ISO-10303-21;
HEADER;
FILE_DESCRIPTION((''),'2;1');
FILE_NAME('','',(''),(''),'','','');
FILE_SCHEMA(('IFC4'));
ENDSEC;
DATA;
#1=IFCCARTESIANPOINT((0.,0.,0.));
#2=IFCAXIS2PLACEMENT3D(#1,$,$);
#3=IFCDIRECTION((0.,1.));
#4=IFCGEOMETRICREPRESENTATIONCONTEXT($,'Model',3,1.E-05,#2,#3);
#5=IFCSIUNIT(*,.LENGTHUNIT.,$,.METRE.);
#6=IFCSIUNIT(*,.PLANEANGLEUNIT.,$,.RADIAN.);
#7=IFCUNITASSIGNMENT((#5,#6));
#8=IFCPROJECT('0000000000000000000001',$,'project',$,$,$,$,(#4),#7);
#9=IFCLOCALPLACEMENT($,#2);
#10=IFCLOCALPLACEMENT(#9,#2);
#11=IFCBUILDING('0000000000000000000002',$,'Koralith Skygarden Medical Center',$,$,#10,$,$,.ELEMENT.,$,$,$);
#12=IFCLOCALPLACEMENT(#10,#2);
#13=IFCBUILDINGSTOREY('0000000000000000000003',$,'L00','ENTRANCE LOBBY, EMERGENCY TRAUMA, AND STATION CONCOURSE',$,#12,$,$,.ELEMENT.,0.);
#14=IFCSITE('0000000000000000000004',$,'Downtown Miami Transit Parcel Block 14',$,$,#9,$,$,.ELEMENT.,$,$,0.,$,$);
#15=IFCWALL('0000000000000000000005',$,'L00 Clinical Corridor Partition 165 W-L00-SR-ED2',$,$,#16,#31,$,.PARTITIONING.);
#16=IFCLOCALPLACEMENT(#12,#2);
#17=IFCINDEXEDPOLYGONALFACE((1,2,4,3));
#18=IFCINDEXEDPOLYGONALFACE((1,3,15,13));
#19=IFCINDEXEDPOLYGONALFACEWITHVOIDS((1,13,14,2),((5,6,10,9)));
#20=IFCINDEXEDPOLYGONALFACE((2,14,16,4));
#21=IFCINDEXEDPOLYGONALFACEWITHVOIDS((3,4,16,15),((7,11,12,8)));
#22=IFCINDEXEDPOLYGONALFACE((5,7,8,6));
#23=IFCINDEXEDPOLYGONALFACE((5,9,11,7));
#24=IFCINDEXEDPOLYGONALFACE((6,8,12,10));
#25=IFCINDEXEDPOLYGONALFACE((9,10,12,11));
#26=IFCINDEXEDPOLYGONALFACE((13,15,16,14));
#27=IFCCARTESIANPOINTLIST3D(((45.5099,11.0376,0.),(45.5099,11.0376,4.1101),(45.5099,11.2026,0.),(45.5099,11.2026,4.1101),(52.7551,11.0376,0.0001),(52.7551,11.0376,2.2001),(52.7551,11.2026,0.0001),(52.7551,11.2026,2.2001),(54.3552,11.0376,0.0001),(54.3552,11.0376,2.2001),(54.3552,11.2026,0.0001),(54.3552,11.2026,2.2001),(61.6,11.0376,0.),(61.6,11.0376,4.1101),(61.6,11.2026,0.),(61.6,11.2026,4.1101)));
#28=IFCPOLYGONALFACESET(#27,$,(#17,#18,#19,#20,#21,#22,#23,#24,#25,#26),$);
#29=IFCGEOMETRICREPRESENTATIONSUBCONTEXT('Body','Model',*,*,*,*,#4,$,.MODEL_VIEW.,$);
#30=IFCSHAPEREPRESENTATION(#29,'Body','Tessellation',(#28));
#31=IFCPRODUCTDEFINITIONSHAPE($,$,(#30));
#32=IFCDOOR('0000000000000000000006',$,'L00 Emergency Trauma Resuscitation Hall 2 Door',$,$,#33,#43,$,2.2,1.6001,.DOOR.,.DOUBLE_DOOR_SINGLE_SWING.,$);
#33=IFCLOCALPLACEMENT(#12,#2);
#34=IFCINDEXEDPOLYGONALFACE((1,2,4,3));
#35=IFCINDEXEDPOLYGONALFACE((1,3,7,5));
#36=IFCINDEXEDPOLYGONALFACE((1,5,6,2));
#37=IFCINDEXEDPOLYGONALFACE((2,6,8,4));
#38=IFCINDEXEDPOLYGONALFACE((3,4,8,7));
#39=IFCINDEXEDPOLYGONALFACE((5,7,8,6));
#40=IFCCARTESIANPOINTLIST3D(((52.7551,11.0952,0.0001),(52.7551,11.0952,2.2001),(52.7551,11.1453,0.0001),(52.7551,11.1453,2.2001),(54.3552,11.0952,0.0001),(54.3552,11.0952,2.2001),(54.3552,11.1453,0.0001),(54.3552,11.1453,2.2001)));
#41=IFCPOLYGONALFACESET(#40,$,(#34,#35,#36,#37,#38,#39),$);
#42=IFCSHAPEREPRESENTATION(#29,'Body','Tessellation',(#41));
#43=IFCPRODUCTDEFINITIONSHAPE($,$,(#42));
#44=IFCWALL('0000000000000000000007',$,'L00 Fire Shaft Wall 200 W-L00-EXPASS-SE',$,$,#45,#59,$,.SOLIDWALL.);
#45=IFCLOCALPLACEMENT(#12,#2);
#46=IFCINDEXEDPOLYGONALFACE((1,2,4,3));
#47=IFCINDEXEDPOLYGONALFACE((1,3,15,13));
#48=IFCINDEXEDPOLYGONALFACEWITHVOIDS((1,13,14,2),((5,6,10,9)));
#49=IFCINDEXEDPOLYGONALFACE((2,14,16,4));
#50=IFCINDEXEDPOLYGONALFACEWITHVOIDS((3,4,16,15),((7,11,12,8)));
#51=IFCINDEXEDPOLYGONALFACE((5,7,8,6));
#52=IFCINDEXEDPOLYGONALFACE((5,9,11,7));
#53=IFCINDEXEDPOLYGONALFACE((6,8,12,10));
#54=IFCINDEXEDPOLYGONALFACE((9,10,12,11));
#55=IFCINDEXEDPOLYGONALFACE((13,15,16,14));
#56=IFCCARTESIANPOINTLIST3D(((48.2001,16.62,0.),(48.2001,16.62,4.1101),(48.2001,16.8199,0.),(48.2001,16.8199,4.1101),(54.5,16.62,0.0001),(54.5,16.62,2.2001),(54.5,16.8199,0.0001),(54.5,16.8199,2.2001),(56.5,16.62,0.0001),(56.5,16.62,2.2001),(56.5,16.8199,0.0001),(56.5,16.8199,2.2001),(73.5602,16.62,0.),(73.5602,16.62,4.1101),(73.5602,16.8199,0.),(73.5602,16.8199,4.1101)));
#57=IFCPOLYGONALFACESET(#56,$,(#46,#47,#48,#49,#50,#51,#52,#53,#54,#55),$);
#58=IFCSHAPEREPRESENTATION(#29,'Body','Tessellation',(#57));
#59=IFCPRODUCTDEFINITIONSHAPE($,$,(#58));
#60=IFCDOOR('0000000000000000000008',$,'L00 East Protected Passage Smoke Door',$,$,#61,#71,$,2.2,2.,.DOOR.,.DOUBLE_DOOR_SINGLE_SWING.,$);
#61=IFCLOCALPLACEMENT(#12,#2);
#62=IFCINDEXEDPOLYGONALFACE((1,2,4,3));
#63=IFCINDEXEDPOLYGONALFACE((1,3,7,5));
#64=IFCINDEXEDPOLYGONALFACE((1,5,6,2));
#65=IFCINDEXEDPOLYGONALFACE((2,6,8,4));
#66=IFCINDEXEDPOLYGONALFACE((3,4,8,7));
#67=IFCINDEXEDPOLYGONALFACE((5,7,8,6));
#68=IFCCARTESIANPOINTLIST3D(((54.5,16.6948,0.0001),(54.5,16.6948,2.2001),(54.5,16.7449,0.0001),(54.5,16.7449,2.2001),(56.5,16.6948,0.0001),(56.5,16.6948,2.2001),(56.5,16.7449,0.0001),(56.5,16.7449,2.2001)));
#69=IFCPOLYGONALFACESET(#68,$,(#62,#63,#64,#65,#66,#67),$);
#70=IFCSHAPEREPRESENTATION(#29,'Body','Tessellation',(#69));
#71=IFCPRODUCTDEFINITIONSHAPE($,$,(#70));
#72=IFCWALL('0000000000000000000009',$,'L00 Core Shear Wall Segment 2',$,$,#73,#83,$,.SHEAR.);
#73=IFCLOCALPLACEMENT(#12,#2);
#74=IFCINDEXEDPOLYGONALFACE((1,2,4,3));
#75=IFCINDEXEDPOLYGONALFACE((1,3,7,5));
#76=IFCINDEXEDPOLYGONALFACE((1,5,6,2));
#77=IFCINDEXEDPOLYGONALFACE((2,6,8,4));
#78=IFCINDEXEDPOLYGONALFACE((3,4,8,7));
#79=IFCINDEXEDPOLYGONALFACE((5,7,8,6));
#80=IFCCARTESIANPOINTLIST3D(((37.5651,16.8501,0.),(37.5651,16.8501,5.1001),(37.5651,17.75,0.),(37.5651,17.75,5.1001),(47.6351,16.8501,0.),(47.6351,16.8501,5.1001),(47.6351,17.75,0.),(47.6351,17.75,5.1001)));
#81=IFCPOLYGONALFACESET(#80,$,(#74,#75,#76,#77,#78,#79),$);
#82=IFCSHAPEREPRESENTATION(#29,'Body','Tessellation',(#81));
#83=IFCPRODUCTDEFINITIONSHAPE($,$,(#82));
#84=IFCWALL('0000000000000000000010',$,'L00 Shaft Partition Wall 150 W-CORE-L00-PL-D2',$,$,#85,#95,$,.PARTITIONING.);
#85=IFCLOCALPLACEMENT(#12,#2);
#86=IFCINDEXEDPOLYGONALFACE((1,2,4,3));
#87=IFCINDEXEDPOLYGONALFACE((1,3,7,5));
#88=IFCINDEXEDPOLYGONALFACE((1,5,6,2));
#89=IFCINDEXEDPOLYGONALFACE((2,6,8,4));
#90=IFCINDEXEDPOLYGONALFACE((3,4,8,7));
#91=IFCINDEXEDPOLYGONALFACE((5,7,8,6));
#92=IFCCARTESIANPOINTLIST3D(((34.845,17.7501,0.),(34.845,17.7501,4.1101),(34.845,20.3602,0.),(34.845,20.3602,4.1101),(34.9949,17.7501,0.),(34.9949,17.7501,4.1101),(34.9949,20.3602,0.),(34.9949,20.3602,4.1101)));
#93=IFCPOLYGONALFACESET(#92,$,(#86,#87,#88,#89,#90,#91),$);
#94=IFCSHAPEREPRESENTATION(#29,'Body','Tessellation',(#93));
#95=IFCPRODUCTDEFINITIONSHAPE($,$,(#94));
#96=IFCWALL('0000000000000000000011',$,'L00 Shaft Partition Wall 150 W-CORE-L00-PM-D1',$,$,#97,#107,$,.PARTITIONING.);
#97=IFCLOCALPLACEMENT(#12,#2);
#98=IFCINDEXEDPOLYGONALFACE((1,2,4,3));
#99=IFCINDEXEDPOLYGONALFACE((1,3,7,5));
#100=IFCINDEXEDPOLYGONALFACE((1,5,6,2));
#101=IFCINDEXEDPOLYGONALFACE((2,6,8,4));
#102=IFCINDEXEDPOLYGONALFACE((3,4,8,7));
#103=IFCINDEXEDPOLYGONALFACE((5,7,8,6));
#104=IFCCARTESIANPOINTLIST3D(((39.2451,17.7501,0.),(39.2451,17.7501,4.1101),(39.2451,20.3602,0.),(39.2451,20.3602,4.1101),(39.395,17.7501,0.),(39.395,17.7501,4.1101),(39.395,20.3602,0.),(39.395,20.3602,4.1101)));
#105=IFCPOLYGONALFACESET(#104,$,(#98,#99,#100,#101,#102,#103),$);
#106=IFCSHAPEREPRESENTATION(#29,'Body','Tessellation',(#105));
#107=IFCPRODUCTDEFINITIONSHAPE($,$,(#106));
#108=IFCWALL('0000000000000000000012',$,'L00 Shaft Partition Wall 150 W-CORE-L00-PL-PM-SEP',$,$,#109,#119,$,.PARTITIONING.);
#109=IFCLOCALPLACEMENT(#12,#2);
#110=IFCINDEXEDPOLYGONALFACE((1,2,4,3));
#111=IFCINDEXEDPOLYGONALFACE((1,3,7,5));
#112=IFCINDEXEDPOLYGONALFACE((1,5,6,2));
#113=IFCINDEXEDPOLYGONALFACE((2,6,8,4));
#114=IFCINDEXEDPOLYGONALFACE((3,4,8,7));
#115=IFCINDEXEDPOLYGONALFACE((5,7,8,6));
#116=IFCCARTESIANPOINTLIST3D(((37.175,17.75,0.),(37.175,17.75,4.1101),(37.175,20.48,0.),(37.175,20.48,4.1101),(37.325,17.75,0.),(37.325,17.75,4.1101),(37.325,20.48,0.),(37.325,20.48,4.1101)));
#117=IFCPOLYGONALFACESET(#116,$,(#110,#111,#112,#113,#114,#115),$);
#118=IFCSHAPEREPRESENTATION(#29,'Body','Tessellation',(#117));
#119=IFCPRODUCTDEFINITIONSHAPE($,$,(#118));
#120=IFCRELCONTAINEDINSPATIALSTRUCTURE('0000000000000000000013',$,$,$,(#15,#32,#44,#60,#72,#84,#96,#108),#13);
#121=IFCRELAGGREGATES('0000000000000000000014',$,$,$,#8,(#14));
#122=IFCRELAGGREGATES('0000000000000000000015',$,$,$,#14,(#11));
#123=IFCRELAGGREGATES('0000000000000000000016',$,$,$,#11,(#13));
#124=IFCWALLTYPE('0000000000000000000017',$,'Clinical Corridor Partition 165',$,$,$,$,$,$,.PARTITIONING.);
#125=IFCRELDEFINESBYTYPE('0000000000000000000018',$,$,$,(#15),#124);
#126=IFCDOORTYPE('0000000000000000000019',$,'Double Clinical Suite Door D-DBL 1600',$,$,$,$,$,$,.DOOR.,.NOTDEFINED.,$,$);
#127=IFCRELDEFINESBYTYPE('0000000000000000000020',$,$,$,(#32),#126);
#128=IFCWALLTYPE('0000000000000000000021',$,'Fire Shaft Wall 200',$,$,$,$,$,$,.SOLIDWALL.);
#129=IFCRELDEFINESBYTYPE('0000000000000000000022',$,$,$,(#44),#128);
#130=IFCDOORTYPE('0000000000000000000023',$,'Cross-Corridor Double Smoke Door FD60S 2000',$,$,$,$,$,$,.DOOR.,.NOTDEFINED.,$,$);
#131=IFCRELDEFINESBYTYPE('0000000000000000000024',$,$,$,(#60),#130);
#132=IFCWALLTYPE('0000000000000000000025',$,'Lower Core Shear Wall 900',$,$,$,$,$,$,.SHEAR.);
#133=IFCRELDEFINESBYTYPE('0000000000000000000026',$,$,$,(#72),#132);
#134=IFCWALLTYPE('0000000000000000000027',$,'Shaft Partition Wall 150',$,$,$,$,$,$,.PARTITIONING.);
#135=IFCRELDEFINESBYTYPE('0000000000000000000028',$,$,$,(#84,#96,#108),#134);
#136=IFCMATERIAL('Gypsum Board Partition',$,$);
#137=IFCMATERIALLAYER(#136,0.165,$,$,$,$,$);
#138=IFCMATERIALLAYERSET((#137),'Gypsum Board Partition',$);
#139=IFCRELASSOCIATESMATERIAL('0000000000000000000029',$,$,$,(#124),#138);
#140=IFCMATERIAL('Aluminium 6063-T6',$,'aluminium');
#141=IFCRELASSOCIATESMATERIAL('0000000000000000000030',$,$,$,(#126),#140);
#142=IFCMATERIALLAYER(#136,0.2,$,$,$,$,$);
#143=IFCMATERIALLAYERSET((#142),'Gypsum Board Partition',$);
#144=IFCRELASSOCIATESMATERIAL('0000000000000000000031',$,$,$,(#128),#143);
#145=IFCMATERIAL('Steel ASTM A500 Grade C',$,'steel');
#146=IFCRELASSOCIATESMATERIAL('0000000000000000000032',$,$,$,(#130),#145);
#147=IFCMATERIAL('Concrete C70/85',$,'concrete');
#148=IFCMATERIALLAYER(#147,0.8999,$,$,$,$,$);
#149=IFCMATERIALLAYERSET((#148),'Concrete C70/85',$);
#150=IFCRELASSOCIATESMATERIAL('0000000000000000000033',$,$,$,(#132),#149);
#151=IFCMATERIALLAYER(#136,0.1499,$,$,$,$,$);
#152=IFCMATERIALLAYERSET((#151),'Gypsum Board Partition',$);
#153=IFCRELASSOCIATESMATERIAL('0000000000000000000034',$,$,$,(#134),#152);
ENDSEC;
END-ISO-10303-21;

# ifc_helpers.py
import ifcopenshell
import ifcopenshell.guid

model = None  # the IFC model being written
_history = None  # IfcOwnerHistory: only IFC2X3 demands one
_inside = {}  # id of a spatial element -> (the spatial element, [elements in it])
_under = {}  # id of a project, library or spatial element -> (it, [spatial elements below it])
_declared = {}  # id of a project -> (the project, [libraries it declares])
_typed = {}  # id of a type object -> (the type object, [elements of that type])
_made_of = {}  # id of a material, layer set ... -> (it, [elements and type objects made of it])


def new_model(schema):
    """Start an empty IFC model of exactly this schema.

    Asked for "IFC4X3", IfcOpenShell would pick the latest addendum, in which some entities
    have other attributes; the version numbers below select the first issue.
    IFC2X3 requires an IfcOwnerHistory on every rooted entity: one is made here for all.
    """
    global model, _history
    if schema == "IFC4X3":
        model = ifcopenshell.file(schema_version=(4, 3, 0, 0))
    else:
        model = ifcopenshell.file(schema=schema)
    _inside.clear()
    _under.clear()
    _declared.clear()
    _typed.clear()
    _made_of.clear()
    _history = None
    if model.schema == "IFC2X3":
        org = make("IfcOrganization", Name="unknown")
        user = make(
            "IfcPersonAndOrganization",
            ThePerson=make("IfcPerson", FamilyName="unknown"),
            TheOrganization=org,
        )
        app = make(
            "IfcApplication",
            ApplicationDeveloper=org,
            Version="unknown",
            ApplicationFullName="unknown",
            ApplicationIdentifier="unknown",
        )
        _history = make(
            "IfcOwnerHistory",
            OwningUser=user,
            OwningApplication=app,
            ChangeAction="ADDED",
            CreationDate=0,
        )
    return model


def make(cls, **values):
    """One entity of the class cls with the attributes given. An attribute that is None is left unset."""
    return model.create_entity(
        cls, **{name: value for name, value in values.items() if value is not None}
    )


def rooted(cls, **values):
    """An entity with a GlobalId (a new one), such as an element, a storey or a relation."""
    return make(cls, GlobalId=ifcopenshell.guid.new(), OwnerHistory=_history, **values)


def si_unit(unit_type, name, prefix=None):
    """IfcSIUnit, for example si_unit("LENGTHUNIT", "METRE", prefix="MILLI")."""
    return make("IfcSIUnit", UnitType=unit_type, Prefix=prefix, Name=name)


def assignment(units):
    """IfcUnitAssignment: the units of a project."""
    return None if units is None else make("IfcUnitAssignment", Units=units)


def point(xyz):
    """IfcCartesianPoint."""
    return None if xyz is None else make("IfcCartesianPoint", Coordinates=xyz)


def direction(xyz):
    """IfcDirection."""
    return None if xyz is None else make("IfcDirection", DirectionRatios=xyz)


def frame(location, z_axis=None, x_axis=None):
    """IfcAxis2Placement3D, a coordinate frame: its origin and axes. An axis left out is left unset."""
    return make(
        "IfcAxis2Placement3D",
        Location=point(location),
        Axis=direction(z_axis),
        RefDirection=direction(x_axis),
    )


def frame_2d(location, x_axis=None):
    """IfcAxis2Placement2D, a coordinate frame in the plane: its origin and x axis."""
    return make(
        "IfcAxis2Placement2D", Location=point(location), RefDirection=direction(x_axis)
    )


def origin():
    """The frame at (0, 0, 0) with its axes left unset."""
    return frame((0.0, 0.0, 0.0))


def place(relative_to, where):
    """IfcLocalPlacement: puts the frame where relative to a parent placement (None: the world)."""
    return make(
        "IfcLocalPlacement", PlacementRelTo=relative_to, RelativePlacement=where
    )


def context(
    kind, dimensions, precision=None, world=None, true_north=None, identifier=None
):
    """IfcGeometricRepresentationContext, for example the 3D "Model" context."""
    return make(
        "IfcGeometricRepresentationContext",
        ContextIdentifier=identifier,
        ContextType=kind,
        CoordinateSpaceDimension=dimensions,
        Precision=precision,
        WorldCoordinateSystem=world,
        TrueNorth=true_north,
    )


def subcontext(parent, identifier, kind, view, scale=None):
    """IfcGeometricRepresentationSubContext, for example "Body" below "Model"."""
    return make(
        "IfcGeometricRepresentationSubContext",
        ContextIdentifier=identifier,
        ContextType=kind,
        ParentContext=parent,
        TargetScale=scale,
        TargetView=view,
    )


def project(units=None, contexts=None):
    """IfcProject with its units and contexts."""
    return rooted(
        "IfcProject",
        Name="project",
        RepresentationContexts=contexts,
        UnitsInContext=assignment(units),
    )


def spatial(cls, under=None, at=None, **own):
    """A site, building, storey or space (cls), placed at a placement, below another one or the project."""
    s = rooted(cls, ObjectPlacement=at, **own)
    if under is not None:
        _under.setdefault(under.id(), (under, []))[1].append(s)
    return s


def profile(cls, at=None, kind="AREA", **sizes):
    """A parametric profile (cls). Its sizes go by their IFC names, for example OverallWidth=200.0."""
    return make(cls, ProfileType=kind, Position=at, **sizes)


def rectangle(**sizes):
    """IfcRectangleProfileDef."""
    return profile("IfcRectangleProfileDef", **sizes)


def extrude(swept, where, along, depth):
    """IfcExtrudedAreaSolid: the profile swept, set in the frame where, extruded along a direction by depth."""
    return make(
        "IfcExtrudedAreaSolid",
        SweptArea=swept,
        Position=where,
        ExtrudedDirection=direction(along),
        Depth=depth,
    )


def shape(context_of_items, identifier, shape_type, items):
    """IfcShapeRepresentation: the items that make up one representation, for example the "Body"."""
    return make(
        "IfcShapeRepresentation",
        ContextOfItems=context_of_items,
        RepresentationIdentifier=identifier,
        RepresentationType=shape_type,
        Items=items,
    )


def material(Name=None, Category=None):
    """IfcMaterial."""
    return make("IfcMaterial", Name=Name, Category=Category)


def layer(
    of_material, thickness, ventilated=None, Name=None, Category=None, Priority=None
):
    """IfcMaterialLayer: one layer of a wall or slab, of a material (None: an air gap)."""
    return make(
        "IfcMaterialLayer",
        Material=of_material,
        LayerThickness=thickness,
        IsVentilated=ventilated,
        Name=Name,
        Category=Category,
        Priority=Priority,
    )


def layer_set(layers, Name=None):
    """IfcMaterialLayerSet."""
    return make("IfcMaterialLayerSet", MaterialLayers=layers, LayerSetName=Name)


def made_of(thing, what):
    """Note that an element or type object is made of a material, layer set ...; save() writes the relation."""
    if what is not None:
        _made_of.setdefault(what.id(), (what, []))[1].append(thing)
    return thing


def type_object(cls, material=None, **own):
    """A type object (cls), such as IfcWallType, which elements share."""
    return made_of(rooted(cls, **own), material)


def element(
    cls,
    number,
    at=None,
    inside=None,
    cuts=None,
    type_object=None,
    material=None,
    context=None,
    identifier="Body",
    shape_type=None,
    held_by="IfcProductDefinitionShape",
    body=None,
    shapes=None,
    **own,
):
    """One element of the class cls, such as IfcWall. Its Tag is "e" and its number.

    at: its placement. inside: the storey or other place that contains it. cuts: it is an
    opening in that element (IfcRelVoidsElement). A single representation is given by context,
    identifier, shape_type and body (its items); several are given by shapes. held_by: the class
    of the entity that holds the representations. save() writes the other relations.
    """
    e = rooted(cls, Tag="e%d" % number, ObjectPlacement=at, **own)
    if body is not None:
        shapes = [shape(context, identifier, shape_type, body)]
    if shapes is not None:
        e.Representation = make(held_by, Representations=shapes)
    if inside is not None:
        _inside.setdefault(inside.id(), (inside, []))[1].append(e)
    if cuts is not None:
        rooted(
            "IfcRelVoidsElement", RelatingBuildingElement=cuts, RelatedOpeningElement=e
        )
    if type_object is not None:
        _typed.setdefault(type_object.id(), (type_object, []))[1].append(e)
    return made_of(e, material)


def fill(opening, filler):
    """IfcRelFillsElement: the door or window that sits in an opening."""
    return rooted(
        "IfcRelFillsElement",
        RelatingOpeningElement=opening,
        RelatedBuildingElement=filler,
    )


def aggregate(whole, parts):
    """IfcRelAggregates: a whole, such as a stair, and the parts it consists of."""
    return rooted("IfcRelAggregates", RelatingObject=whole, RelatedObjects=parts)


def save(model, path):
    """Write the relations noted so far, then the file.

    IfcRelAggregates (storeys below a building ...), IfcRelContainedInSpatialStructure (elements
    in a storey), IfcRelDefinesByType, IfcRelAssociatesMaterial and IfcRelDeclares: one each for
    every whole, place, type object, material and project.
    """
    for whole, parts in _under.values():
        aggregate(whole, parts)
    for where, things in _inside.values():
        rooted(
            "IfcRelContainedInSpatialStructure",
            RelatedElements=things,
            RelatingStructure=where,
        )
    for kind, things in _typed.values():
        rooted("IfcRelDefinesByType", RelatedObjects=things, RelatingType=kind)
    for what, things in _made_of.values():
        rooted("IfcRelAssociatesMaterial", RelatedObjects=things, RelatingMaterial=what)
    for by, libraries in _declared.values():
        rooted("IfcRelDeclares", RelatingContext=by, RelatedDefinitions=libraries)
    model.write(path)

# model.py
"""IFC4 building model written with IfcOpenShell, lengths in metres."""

from ifc_helpers import new_model, si_unit, direction, frame, frame_2d, origin, place, context, subcontext, project, spatial, rectangle, extrude, material, layer, layer_set, type_object, element, fill, save


model = new_model("IFC4")

# Units and contexts
model_context = context("Model", 3, precision=1e-05, world=origin(), true_north=direction((0.0, 1.0)))
body_context = subcontext(model_context, "Body", "Model", "MODEL_VIEW")
ifc_project = project(units=[si_unit("LENGTHUNIT", "METRE"), si_unit("PLANEANGLEUNIT", "RADIAN")], contexts=[model_context])

# Site, building, storey
site_placement = place(None, origin())
site = spatial("IfcSite", under=ifc_project, at=site_placement, Name="Downtown Miami Transit Parcel Block 14", CompositionType="ELEMENT", RefElevation=0.0)
building_placement = place(site_placement, origin())
building = spatial("IfcBuilding", under=site, at=building_placement, Name="Koralith Skygarden Medical Center", CompositionType="ELEMENT")
storey_placement = place(building_placement, origin())
storey = spatial("IfcBuildingStorey", under=building, at=storey_placement, Name="L00", Description="ENTRANCE LOBBY, EMERGENCY TRAUMA, AND STATION CONCOURSE", CompositionType="ELEMENT", Elevation=0.0)

# Shared definitions
ifc_material_1 = material(Name="Concrete C70/85", Category="concrete")

# Shared definitions
ifc_material_2 = material(Name="Gypsum Board Partition")

# Walls, openings, doors
ifc_layer_1 = layer(ifc_material_2, 0.165)
ifc_layer_set_1 = layer_set([ifc_layer_1], Name="Gypsum Board Partition")
wall_type_1 = type_object("IfcWallType", Name="Clinical Corridor Partition 165", PredefinedType="PARTITIONING", material=ifc_layer_set_1)
wall_1_placement = place(storey_placement, frame((45.51, 11.1201, 0.0), z_axis=(0.0, 0.0, 1.0), x_axis=(1.0, 0.0, 0.0)))
wall_1 = element("IfcWall", 1, at=wall_1_placement, inside=storey, type_object=wall_type_1, Name="L00 Clinical Corridor Partition 165 W-L00-SR-ED2", PredefinedType="PARTITIONING", context=body_context, shape_type="SweptSolid", body=[
    extrude(rectangle(XDim=16.0901, YDim=0.165, at=frame_2d((8.0449, 0.0))), origin(), (0.0, 0.0, 1.0), 4.1101),
])
opening_1_placement = place(wall_1_placement, frame((7.2451, 0.0, 0.0)))
opening_1 = element("IfcOpeningElement", 2, at=opening_1_placement, cuts=wall_1, PredefinedType="OPENING", context=body_context, shape_type="SweptSolid", body=[
    extrude(rectangle(XDim=1.6001, YDim=2.2, at=frame_2d((0.8, 1.1001))), frame((0.0, 0.0925, 0.0), z_axis=(0.0, -1.0, 0.0), x_axis=(1.0, 0.0, 0.0)), (0.0, 0.0, 1.0), 0.1851),
])
ifc_material_3 = material(Name="Aluminium 6063-T6", Category="aluminium")
door_type_1 = type_object("IfcDoorType", Name="Double Clinical Suite Door D-DBL 1600", OperationType="NOTDEFINED", PredefinedType="DOOR", material=ifc_material_3)
door_1_placement = place(opening_1_placement, frame((1.6001, 0.0, 0.0), z_axis=(0.0, 0.0, 1.0), x_axis=(-1.0, 0.0, 0.0)))
door_1 = element("IfcDoor", 3, at=door_1_placement, inside=storey, type_object=door_type_1, Name="L00 Emergency Trauma Resuscitation Hall 2 Door", OperationType="DOUBLE_DOOR_SINGLE_SWING", OverallHeight=2.2, OverallWidth=1.6001, PredefinedType="DOOR", context=body_context, shape_type="SweptSolid", body=[
    extrude(rectangle(XDim=1.6001, YDim=2.2, at=frame_2d((0.8, 1.1001))), frame((0.0, 0.0249, 0.0), z_axis=(0.0, -1.0, 0.0), x_axis=(1.0, 0.0, 0.0)), (0.0, 0.0, 1.0), 0.05),
])
fill(opening_1, door_1)
ifc_layer_2 = layer(ifc_material_2, 0.2)
ifc_layer_set_2 = layer_set([ifc_layer_2], Name="Gypsum Board Partition")
wall_type_2 = type_object("IfcWallType", Name="Fire Shaft Wall 200", PredefinedType="SOLIDWALL", material=ifc_layer_set_2)
wall_2_placement = place(storey_placement, frame((48.2, 16.72, 0.0), z_axis=(0.0, 0.0, 1.0), x_axis=(1.0, 0.0, 0.0)))
wall_2 = element("IfcWall", 4, at=wall_2_placement, inside=storey, type_object=wall_type_2, Name="L00 Fire Shaft Wall 200 W-L00-EXPASS-SE", PredefinedType="SOLIDWALL", context=body_context, shape_type="SweptSolid", body=[
    extrude(rectangle(XDim=25.3601, YDim=0.2, at=frame_2d((12.6802, 0.0))), origin(), (0.0, 0.0, 1.0), 4.1101),
])
opening_2_placement = place(wall_2_placement, frame((6.3, 0.0, 0.0)))
opening_2 = element("IfcOpeningElement", 5, at=opening_2_placement, cuts=wall_2, PredefinedType="OPENING", context=body_context, shape_type="SweptSolid", body=[
    extrude(rectangle(XDim=2.0, YDim=2.2, at=frame_2d((1.0, 1.1001))), frame((0.0, 0.1099, 0.0), z_axis=(0.0, -1.0, 0.0), x_axis=(1.0, 0.0, 0.0)), (0.0, 0.0, 1.0), 0.22),
])
ifc_material_4 = material(Name="Steel ASTM A500 Grade C", Category="steel")
door_type_2 = type_object("IfcDoorType", Name="Cross-Corridor Double Smoke Door FD60S 2000", OperationType="NOTDEFINED", PredefinedType="DOOR", material=ifc_material_4)
door_2_placement = place(opening_2_placement, origin())
door_2 = element("IfcDoor", 6, at=door_2_placement, inside=storey, type_object=door_type_2, Name="L00 East Protected Passage Smoke Door", OperationType="DOUBLE_DOOR_SINGLE_SWING", OverallHeight=2.2, OverallWidth=2.0, PredefinedType="DOOR", context=body_context, shape_type="SweptSolid", body=[
    extrude(rectangle(XDim=2.0, YDim=2.2, at=frame_2d((1.0, 1.1001))), frame((0.0, 0.0249, 0.0), z_axis=(0.0, -1.0, 0.0), x_axis=(1.0, 0.0, 0.0)), (0.0, 0.0, 1.0), 0.05),
])
fill(opening_2, door_2)

# Walls
ifc_layer_3 = layer(ifc_material_1, 0.8999)
ifc_layer_set_3 = layer_set([ifc_layer_3], Name="Concrete C70/85")
wall_type_3 = type_object("IfcWallType", Name="Lower Core Shear Wall 900", PredefinedType="SHEAR", material=ifc_layer_set_3)
wall_3_placement = place(storey_placement, frame((37.5649, 17.3, 0.0), z_axis=(0.0, 0.0, 1.0), x_axis=(1.0, 0.0, 0.0)))
element("IfcWall", 7, at=wall_3_placement, inside=storey, type_object=wall_type_3, Name="L00 Core Shear Wall Segment 2", PredefinedType="SHEAR", context=body_context, shape_type="SweptSolid", body=[
    extrude(rectangle(XDim=10.0701, YDim=0.8999, at=frame_2d((5.0352, 0.0))), origin(), (0.0, 0.0, 1.0), 5.1001),
])
ifc_layer_4 = layer(ifc_material_2, 0.1499)
ifc_layer_set_4 = layer_set([ifc_layer_4], Name="Gypsum Board Partition")
wall_type_4 = type_object("IfcWallType", Name="Shaft Partition Wall 150", PredefinedType="PARTITIONING", material=ifc_layer_set_4)
for number, where, z_axis, x_axis, name in (
    (8, (34.9199, 17.75, 0.0), (0.0, 0.0, 1.0), (0.0, 1.0, 0.0), "L00 Shaft Partition Wall 150 W-CORE-L00-PL-D2"),
    (9, (39.3201, 17.75, 0.0), (0.0, 0.0, 1.0), (0.0, 1.0, 0.0), "L00 Shaft Partition Wall 150 W-CORE-L00-PM-D1"),
):
    element("IfcWall", number, at=place(storey_placement, frame(where, z_axis=z_axis, x_axis=x_axis)), inside=storey, type_object=wall_type_4, Name=name, PredefinedType="PARTITIONING", context=body_context, shape_type="SweptSolid", body=[
        extrude(rectangle(XDim=2.6101, YDim=0.1499, at=frame_2d((1.3052, 0.0))), origin(), (0.0, 0.0, 1.0), 4.1101),
    ])
wall_4_placement = place(storey_placement, frame((37.25, 17.75, 0.0), z_axis=(0.0, 0.0, 1.0), x_axis=(0.0, 1.0, 0.0)))
element("IfcWall", 10, at=wall_4_placement, inside=storey, type_object=wall_type_4, Name="L00 Shaft Partition Wall 150 W-CORE-L00-PL-PM-SEP", PredefinedType="PARTITIONING", context=body_context, shape_type="SweptSolid", body=[
    extrude(rectangle(XDim=2.73, YDim=0.1499, at=frame_2d((1.365, 0.0))), origin(), (0.0, 0.0, 1.0), 4.1101),
])

save(model, "model.ifc")
